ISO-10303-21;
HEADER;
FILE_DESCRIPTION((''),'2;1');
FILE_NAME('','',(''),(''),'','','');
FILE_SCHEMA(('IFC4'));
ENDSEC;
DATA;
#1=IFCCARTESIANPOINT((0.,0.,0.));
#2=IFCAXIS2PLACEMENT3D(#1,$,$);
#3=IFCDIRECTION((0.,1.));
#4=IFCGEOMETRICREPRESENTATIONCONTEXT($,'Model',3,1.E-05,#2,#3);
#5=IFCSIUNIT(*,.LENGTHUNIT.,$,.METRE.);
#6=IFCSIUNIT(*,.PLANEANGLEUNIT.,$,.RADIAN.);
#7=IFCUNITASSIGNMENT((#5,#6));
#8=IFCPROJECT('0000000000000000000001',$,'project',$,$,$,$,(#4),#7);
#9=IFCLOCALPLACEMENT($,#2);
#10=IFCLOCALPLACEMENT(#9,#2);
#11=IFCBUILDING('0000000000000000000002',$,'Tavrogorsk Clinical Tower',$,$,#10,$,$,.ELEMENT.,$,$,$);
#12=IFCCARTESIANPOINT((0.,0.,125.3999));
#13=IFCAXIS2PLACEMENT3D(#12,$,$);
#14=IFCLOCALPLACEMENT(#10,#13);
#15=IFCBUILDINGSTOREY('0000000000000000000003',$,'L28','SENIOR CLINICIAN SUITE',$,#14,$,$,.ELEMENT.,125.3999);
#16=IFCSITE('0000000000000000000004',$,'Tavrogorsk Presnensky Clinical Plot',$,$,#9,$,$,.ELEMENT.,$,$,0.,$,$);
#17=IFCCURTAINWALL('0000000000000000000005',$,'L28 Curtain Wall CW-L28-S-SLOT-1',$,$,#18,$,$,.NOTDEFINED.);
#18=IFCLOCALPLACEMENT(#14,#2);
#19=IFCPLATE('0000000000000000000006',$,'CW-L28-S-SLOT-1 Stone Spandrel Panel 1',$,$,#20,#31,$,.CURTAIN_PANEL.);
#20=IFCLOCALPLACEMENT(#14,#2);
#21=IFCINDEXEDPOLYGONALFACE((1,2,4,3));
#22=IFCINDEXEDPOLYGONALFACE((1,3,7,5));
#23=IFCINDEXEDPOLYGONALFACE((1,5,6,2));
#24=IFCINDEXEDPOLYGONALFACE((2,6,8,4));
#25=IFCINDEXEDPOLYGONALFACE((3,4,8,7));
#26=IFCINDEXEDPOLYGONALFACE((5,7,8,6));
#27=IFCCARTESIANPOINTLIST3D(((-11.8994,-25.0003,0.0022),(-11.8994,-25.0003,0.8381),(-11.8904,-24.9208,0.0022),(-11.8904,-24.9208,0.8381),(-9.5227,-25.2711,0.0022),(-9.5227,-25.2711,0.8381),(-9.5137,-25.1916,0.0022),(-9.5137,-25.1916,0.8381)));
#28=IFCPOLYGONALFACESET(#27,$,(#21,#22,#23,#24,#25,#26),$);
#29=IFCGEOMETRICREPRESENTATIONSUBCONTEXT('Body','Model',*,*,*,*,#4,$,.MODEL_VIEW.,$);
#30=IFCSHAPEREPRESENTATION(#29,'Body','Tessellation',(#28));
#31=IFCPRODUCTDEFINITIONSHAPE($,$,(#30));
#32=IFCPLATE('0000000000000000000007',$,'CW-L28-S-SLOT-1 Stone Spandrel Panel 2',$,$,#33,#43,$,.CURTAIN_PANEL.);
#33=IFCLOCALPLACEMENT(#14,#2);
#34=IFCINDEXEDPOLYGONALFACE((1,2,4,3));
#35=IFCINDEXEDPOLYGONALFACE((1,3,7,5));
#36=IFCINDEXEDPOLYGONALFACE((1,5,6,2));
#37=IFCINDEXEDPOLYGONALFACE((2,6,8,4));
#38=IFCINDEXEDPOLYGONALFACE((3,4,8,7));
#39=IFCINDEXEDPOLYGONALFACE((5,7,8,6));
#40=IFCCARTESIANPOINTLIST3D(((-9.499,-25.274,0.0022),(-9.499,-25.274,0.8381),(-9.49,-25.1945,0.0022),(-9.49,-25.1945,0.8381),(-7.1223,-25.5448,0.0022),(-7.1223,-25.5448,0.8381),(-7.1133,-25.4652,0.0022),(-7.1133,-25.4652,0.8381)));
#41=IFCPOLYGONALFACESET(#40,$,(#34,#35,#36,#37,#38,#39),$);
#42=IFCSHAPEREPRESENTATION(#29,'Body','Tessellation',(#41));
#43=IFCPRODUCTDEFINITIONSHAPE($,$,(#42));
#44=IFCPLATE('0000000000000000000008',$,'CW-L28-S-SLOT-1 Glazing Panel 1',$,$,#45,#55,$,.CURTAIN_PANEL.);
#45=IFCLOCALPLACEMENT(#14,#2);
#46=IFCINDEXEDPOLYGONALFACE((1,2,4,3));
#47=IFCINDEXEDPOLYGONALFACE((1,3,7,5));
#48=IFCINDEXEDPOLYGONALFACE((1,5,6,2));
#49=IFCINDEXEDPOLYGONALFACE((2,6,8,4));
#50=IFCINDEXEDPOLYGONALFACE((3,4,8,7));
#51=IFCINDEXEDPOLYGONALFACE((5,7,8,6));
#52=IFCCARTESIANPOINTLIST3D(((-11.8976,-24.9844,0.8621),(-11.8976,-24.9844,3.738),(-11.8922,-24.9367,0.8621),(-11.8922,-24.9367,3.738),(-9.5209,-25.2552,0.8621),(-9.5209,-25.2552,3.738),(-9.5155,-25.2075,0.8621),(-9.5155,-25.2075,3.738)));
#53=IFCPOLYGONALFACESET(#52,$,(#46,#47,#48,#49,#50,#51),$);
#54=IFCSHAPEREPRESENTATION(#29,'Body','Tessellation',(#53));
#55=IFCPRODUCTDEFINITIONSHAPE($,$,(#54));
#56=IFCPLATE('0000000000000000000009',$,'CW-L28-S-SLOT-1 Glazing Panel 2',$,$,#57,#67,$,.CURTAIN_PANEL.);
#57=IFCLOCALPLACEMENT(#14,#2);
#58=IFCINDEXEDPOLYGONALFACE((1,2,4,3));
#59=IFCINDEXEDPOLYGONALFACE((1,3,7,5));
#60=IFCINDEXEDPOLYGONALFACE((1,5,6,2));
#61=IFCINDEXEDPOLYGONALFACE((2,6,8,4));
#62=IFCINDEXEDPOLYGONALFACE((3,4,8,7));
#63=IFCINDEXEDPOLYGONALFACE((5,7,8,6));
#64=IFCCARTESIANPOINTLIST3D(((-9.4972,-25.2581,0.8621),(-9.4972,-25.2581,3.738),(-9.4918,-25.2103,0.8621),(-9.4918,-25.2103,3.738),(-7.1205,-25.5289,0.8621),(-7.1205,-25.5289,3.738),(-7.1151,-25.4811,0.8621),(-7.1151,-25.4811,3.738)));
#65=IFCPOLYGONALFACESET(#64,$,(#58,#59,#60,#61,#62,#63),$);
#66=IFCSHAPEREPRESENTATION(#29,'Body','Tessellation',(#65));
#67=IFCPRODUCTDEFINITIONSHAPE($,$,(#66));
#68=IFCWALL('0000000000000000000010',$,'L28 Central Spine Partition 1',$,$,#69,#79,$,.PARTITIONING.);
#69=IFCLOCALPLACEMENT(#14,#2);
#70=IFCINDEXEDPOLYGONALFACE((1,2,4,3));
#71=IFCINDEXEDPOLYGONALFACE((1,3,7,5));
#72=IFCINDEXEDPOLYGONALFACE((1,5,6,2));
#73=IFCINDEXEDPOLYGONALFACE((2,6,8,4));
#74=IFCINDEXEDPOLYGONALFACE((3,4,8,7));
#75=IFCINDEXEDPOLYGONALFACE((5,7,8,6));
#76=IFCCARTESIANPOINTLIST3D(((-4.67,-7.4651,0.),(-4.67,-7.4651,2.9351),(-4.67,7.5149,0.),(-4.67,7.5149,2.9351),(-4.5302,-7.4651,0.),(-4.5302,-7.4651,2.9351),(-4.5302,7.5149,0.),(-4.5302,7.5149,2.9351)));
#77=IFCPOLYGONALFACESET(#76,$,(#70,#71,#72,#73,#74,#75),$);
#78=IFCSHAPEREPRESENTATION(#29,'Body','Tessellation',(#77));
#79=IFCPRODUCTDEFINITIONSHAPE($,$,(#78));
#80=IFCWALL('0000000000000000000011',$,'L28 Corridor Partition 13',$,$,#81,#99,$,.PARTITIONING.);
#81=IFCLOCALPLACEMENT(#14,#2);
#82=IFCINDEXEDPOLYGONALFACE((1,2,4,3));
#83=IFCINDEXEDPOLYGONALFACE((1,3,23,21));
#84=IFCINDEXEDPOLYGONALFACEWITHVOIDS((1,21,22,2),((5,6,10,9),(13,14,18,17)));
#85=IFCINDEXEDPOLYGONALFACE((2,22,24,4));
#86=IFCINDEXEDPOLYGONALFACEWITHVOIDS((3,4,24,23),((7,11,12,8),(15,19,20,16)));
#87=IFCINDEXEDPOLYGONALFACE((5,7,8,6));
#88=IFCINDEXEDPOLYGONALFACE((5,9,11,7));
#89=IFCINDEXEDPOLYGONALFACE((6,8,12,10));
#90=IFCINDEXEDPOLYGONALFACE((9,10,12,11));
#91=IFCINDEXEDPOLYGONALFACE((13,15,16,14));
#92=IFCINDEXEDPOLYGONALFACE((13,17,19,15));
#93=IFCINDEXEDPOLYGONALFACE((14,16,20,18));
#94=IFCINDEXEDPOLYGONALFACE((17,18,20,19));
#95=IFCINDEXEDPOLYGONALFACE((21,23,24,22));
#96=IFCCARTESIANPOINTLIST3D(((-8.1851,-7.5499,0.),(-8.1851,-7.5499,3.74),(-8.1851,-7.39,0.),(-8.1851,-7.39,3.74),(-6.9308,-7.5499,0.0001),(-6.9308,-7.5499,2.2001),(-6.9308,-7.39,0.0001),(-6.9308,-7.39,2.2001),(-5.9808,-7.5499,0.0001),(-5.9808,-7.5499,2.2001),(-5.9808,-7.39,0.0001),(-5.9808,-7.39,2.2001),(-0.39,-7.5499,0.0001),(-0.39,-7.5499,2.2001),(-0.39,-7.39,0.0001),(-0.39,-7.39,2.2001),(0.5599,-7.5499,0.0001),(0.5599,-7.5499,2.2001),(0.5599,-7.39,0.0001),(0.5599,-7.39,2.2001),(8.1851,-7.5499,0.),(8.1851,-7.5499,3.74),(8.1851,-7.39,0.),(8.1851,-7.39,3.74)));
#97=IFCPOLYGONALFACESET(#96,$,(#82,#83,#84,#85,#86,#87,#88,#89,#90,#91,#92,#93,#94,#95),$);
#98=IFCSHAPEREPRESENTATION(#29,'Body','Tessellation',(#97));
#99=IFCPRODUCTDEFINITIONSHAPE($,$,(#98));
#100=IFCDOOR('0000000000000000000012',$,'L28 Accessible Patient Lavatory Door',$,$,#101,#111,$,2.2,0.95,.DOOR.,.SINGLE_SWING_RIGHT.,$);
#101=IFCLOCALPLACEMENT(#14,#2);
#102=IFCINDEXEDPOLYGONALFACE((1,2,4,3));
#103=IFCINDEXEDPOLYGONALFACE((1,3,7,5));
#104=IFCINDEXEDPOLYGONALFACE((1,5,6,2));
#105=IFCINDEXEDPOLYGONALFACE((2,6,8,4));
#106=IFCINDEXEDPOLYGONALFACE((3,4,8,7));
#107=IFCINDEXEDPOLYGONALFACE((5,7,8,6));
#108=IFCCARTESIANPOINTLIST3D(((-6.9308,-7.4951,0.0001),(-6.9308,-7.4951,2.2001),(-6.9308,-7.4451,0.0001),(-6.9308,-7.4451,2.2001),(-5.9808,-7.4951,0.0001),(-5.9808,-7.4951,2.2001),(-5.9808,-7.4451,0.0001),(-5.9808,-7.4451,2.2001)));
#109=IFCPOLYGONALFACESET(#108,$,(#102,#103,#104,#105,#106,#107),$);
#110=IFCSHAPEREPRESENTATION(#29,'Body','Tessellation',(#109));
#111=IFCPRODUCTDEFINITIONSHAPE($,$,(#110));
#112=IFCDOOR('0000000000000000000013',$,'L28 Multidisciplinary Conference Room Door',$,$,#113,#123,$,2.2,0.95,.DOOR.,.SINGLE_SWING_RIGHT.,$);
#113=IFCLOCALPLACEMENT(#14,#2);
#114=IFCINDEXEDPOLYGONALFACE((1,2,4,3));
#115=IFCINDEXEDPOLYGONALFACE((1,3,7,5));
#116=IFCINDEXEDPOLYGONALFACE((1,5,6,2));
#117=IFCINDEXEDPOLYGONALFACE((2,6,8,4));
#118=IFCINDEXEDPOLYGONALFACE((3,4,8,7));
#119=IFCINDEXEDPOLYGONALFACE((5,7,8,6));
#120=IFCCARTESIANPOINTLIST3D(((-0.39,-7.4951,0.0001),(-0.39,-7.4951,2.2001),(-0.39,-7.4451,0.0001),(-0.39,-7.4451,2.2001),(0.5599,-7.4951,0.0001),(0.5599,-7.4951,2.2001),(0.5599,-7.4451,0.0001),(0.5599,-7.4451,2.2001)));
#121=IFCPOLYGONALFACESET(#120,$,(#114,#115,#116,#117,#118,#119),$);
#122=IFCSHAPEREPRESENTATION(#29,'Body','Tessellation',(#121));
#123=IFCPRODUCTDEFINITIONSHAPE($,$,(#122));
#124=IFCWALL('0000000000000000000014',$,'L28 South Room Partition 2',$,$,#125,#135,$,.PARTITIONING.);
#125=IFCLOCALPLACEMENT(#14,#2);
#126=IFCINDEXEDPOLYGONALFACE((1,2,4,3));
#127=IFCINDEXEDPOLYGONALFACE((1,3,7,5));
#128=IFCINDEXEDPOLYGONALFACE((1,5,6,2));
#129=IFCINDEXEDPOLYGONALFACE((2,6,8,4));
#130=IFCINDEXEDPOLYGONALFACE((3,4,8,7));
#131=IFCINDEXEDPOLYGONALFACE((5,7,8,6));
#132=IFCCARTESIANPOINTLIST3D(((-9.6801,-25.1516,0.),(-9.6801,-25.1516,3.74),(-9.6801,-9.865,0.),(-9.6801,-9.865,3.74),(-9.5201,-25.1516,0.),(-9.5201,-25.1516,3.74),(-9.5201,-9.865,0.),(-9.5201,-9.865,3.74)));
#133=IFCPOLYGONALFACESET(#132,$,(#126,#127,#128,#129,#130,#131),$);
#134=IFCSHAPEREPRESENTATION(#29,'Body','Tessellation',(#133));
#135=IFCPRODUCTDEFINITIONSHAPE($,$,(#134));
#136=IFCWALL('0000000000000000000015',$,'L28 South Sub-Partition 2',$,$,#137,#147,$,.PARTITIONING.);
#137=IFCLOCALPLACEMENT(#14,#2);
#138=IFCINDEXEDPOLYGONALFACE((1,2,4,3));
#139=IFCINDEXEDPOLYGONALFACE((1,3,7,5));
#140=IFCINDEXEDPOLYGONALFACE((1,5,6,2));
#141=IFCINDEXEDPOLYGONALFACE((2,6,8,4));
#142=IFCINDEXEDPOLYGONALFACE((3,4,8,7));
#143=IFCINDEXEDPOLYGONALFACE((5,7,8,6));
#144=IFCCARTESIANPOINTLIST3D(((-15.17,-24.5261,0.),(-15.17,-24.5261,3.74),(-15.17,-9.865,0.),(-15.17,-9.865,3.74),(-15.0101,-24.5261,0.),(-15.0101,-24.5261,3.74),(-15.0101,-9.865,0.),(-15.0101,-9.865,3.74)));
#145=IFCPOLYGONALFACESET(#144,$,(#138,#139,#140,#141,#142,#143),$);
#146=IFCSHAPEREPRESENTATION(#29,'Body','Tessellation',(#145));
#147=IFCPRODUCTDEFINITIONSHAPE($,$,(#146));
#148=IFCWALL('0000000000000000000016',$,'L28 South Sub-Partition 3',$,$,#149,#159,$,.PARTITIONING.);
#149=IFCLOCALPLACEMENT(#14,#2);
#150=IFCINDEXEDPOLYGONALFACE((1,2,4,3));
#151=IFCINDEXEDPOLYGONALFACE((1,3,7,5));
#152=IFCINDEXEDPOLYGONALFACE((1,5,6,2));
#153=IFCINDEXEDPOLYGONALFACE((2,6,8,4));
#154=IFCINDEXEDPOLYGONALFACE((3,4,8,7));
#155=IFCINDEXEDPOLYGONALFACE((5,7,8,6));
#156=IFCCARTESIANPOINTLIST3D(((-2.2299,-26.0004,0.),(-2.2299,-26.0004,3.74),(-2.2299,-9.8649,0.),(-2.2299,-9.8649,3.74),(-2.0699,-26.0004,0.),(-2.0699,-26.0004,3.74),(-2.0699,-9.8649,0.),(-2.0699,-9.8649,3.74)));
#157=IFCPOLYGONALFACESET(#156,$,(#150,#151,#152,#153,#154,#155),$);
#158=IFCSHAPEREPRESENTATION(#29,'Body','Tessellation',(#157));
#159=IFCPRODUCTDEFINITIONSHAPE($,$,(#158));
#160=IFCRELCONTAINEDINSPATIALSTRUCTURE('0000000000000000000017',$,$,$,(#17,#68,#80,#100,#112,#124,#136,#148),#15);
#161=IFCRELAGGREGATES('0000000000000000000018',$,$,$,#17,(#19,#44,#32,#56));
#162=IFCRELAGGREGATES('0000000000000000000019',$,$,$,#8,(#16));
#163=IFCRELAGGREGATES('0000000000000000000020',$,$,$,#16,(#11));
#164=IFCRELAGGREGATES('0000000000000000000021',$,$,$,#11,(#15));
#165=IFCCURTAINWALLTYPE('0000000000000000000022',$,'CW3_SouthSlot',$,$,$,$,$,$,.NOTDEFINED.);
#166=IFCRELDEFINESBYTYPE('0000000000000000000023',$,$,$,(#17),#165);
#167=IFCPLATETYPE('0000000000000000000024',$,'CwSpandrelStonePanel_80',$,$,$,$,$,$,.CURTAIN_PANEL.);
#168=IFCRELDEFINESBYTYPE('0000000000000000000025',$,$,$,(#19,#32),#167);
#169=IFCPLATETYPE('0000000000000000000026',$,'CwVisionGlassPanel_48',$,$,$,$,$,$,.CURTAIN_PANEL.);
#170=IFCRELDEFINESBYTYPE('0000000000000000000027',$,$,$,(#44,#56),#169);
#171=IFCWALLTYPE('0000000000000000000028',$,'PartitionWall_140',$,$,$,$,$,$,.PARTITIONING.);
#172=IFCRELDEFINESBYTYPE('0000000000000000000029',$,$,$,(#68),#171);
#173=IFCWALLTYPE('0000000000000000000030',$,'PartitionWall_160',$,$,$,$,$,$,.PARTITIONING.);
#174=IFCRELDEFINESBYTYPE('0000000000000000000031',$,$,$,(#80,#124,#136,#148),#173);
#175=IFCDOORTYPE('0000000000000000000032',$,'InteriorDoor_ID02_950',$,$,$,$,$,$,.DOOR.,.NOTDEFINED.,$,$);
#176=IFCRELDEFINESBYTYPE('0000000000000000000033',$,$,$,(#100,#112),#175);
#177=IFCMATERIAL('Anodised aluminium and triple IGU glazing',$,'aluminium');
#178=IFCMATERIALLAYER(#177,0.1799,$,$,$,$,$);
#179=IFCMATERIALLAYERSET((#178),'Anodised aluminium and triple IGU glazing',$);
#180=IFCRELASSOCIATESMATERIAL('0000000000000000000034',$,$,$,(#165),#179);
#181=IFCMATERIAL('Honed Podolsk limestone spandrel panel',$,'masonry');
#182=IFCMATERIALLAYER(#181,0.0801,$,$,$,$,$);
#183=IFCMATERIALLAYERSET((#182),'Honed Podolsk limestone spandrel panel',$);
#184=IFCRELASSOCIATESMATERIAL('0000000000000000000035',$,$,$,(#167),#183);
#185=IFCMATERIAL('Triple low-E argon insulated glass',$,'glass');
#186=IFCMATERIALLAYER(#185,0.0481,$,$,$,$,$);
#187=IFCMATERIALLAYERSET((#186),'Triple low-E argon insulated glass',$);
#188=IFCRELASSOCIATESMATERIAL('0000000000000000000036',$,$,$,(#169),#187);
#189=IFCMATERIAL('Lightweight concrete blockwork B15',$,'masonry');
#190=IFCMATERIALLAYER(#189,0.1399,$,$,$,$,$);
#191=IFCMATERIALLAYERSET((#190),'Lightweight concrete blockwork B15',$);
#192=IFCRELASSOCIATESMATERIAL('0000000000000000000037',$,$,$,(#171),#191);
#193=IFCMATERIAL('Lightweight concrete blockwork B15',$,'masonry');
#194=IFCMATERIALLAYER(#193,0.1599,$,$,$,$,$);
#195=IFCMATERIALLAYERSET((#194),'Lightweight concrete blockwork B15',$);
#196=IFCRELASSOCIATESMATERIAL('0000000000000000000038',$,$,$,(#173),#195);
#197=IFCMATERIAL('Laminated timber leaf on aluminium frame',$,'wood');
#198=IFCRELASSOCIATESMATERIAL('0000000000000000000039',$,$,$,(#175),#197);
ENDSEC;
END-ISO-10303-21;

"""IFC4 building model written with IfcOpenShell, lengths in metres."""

from ifc_helpers import new_model, si_unit, direction, frame, frame_2d, origin, origin_2d, place, context, subcontext, project, spatial, rectangle, extrude, material, layer, layer_set, type_object, element, fill, aggregate, save


model = new_model("IFC4")

# Units and contexts
model_context = context("Model", 3, precision=1e-05, world=origin(), true_north=direction((0.0, 1.0)))
body_context = subcontext(model_context, "Body", "Model", "MODEL_VIEW")
ifc_project = project(units=[si_unit("LENGTHUNIT", "METRE"), si_unit("PLANEANGLEUNIT", "RADIAN")], contexts=[model_context])

# Site, building, storey
site_placement = place(None, origin())
site = spatial("IfcSite", under=ifc_project, at=site_placement, Name="Tavrogorsk Presnensky Clinical Plot", CompositionType="ELEMENT", RefElevation=0.0)
building_placement = place(site_placement, origin())
building = spatial("IfcBuilding", under=site, at=building_placement, Name="Tavrogorsk Clinical Tower", CompositionType="ELEMENT")
storey_placement = place(building_placement, frame((0.0, 0.0, 125.3999)))
storey = spatial("IfcBuildingStorey", under=building, at=storey_placement, Name="L28", Description="SENIOR CLINICIAN SUITE", CompositionType="ELEMENT", Elevation=125.3999)

# Curtain wall
ifc_material_1 = material(Name="Anodised aluminium and triple IGU glazing", Category="aluminium")
ifc_layer_1 = layer(ifc_material_1, 0.1799)
ifc_layer_set_1 = layer_set([ifc_layer_1], Name="Anodised aluminium and triple IGU glazing")
curtain_wall_type = type_object("IfcCurtainWallType", Name="CW3_SouthSlot", PredefinedType="NOTDEFINED", material=ifc_layer_set_1)
curtain_wall_placement = place(storey_placement, origin())
curtain_wall = element("IfcCurtainWall", 1, at=curtain_wall_placement, inside=storey, type_object=curtain_wall_type, Name="L28 Curtain Wall CW-L28-S-SLOT-1", PredefinedType="NOTDEFINED")

# Plates
ifc_material_2 = material(Name="Honed Podolsk limestone spandrel panel", Category="masonry")
ifc_layer_2 = layer(ifc_material_2, 0.0801)
ifc_layer_set_2 = layer_set([ifc_layer_2], Name="Honed Podolsk limestone spandrel panel")
plate_type_1 = type_object("IfcPlateType", Name="CwSpandrelStonePanel_80", PredefinedType="CURTAIN_PANEL", material=ifc_layer_set_2)
plate_1_placement = place(storey_placement, frame((-10.7065, -25.0959, 0.0022), z_axis=(0.0, 0.0, 1.0), x_axis=(0.993572, -0.113203, 0.0)))
plate_1 = element("IfcPlate", 2, at=plate_1_placement, type_object=plate_type_1, Name="CW-L28-S-SLOT-1 Stone Spandrel Panel 1", PredefinedType="CURTAIN_PANEL", context=body_context, shape_type="SweptSolid", body=[
    extrude(rectangle(XDim=2.3921, YDim=0.0801, at=origin_2d()), origin(), (0.0, 0.0, 1.0), 0.8359),
])
plate_2_placement = place(storey_placement, frame((-8.3062, -25.3696, 0.0022), z_axis=(0.0, 0.0, 1.0), x_axis=(0.993572, -0.113203, 0.0)))
plate_2 = element("IfcPlate", 3, at=plate_2_placement, type_object=plate_type_1, Name="CW-L28-S-SLOT-1 Stone Spandrel Panel 2", PredefinedType="CURTAIN_PANEL", context=body_context, shape_type="SweptSolid", body=[
    extrude(rectangle(XDim=2.3921, YDim=0.0801, at=origin_2d()), origin(), (0.0, 0.0, 1.0), 0.8359),
])
ifc_material_3 = material(Name="Triple low-E argon insulated glass", Category="glass")
ifc_layer_3 = layer(ifc_material_3, 0.0481)
ifc_layer_set_3 = layer_set([ifc_layer_3], Name="Triple low-E argon insulated glass")
plate_type_2 = type_object("IfcPlateType", Name="CwVisionGlassPanel_48", PredefinedType="CURTAIN_PANEL", material=ifc_layer_set_3)
plate_3_placement = place(storey_placement, frame((-10.7065, -25.0959, 0.8621), z_axis=(0.0, 0.0, 1.0), x_axis=(0.993572, -0.113203, 0.0)))
plate_3 = element("IfcPlate", 4, at=plate_3_placement, type_object=plate_type_2, Name="CW-L28-S-SLOT-1 Glazing Panel 1", PredefinedType="CURTAIN_PANEL", context=body_context, shape_type="SweptSolid", body=[
    extrude(rectangle(XDim=2.3921, YDim=0.0481, at=origin_2d()), origin(), (0.0, 0.0, 1.0), 2.876),
])
plate_4_placement = place(storey_placement, frame((-8.3062, -25.3696, 0.8621), z_axis=(0.0, 0.0, 1.0), x_axis=(0.993572, -0.113203, 0.0)))
plate_4 = element("IfcPlate", 5, at=plate_4_placement, type_object=plate_type_2, Name="CW-L28-S-SLOT-1 Glazing Panel 2", PredefinedType="CURTAIN_PANEL", context=body_context, shape_type="SweptSolid", body=[
    extrude(rectangle(XDim=2.3921, YDim=0.0481, at=origin_2d()), origin(), (0.0, 0.0, 1.0), 2.876),
])
aggregate(curtain_wall, [plate_1, plate_3, plate_2, plate_4])

# Wall
ifc_material_4 = material(Name="Lightweight concrete blockwork B15", Category="masonry")
ifc_layer_4 = layer(ifc_material_4, 0.1399)
ifc_layer_set_4 = layer_set([ifc_layer_4], Name="Lightweight concrete blockwork B15")
wall_type_1 = type_object("IfcWallType", Name="PartitionWall_140", PredefinedType="PARTITIONING", material=ifc_layer_set_4)
wall_1_placement = place(storey_placement, frame((-4.6001, -7.4651, 0.0), z_axis=(0.0, 0.0, 1.0), x_axis=(0.0, 1.0, 0.0)))
element("IfcWall", 6, at=wall_1_placement, inside=storey, type_object=wall_type_1, Name="L28 Central Spine Partition 1", PredefinedType="PARTITIONING", context=body_context, shape_type="SweptSolid", body=[
    extrude(rectangle(XDim=14.98, YDim=0.1399, at=frame_2d((7.49, 0.0))), origin(), (0.0, 0.0, 1.0), 2.9351),
])

# Wall, openings, doors
ifc_material_5 = material(Name="Lightweight concrete blockwork B15", Category="masonry")
ifc_layer_5 = layer(ifc_material_5, 0.1599)
ifc_layer_set_5 = layer_set([ifc_layer_5], Name="Lightweight concrete blockwork B15")
wall_type_2 = type_object("IfcWallType", Name="PartitionWall_160", PredefinedType="PARTITIONING", material=ifc_layer_set_5)
wall_2_placement = place(storey_placement, frame((-8.1851, -7.47, 0.0), z_axis=(0.0, 0.0, 1.0), x_axis=(1.0, 0.0, 0.0)))
wall_2 = element("IfcWall", 7, at=wall_2_placement, inside=storey, type_object=wall_type_2, Name="L28 Corridor Partition 13", PredefinedType="PARTITIONING", context=body_context, shape_type="SweptSolid", body=[
    extrude(rectangle(XDim=16.3701, YDim=0.1599, at=frame_2d((8.1851, 0.0))), origin(), (0.0, 0.0, 1.0), 3.74),
])
opening_1_placement = place(wall_2_placement, frame((1.2542, 0.0, 0.0)))
opening_1 = element("IfcOpeningElement", 8, at=opening_1_placement, cuts=wall_2, PredefinedType="OPENING", context=body_context, shape_type="SweptSolid", body=[
    extrude(rectangle(XDim=0.95, YDim=2.2, at=frame_2d((0.4751, 1.1001))), frame((0.0, 0.0898, 0.0), z_axis=(0.0, -1.0, 0.0), x_axis=(1.0, 0.0, 0.0)), (0.0, 0.0, 1.0), 0.1799),
])
opening_2_placement = place(wall_2_placement, frame((7.7949, 0.0, 0.0)))
opening_2 = element("IfcOpeningElement", 9, at=opening_2_placement, cuts=wall_2, PredefinedType="OPENING", context=body_context, shape_type="SweptSolid", body=[
    extrude(rectangle(XDim=0.95, YDim=2.2, at=frame_2d((0.4751, 1.1001))), frame((0.0, 0.0898, 0.0), z_axis=(0.0, -1.0, 0.0), x_axis=(1.0, 0.0, 0.0)), (0.0, 0.0, 1.0), 0.1799),
])
ifc_material_6 = material(Name="Laminated timber leaf on aluminium frame", Category="wood")
door_type = type_object("IfcDoorType", Name="InteriorDoor_ID02_950", OperationType="NOTDEFINED", PredefinedType="DOOR", material=ifc_material_6)
door_1_placement = place(opening_1_placement, origin())
door_1 = element("IfcDoor", 10, at=door_1_placement, inside=storey, type_object=door_type, Name="L28 Accessible Patient Lavatory Door", OperationType="SINGLE_SWING_RIGHT", OverallHeight=2.2, OverallWidth=0.95, PredefinedType="DOOR", context=body_context, shape_type="SweptSolid", body=[
    extrude(rectangle(XDim=0.95, YDim=2.2, at=frame_2d((0.4751, 1.1001))), frame((0.0, 0.0249, 0.0), z_axis=(0.0, -1.0, 0.0), x_axis=(1.0, 0.0, 0.0)), (0.0, 0.0, 1.0), 0.05),
])
fill(opening_1, door_1)
door_2_placement = place(opening_2_placement, origin())
door_2 = element("IfcDoor", 11, at=door_2_placement, inside=storey, type_object=door_type, Name="L28 Multidisciplinary Conference Room Door", OperationType="SINGLE_SWING_RIGHT", OverallHeight=2.2, OverallWidth=0.95, PredefinedType="DOOR", context=body_context, shape_type="SweptSolid", body=[
    extrude(rectangle(XDim=0.95, YDim=2.2, at=frame_2d((0.4751, 1.1001))), frame((0.0, 0.0249, 0.0), z_axis=(0.0, -1.0, 0.0), x_axis=(1.0, 0.0, 0.0)), (0.0, 0.0, 1.0), 0.05),
])
fill(opening_2, door_2)

# Walls
wall_3_placement = place(storey_placement, frame((-9.6001, -25.1516, 0.0), z_axis=(0.0, 0.0, 1.0), x_axis=(0.0, 1.0, 0.0)))
element("IfcWall", 12, at=wall_3_placement, inside=storey, type_object=wall_type_2, Name="L28 South Room Partition 2", PredefinedType="PARTITIONING", context=body_context, shape_type="SweptSolid", body=[
    extrude(rectangle(XDim=15.2866, YDim=0.1599, at=frame_2d((7.6433, 0.0))), origin(), (0.0, 0.0, 1.0), 3.74),
])
wall_4_placement = place(storey_placement, frame((-15.0901, -24.5261, 0.0), z_axis=(0.0, 0.0, 1.0), x_axis=(0.0, 1.0, 0.0)))
element("IfcWall", 13, at=wall_4_placement, inside=storey, type_object=wall_type_2, Name="L28 South Sub-Partition 2", PredefinedType="PARTITIONING", context=body_context, shape_type="SweptSolid", body=[
    extrude(rectangle(XDim=14.6611, YDim=0.1599, at=frame_2d((7.3306, 0.0))), origin(), (0.0, 0.0, 1.0), 3.74),
])
wall_5_placement = place(storey_placement, frame((-2.1499, -26.0005, 0.0), z_axis=(0.0, 0.0, 1.0), x_axis=(0.0, 1.0, 0.0)))
element("IfcWall", 14, at=wall_5_placement, inside=storey, type_object=wall_type_2, Name="L28 South Sub-Partition 3", PredefinedType="PARTITIONING", context=body_context, shape_type="SweptSolid", body=[
    extrude(rectangle(XDim=16.1355, YDim=0.1599, at=frame_2d((8.0679, 0.0))), origin(), (0.0, 0.0, 1.0), 3.74),
])

save(model, "model.ifc")
